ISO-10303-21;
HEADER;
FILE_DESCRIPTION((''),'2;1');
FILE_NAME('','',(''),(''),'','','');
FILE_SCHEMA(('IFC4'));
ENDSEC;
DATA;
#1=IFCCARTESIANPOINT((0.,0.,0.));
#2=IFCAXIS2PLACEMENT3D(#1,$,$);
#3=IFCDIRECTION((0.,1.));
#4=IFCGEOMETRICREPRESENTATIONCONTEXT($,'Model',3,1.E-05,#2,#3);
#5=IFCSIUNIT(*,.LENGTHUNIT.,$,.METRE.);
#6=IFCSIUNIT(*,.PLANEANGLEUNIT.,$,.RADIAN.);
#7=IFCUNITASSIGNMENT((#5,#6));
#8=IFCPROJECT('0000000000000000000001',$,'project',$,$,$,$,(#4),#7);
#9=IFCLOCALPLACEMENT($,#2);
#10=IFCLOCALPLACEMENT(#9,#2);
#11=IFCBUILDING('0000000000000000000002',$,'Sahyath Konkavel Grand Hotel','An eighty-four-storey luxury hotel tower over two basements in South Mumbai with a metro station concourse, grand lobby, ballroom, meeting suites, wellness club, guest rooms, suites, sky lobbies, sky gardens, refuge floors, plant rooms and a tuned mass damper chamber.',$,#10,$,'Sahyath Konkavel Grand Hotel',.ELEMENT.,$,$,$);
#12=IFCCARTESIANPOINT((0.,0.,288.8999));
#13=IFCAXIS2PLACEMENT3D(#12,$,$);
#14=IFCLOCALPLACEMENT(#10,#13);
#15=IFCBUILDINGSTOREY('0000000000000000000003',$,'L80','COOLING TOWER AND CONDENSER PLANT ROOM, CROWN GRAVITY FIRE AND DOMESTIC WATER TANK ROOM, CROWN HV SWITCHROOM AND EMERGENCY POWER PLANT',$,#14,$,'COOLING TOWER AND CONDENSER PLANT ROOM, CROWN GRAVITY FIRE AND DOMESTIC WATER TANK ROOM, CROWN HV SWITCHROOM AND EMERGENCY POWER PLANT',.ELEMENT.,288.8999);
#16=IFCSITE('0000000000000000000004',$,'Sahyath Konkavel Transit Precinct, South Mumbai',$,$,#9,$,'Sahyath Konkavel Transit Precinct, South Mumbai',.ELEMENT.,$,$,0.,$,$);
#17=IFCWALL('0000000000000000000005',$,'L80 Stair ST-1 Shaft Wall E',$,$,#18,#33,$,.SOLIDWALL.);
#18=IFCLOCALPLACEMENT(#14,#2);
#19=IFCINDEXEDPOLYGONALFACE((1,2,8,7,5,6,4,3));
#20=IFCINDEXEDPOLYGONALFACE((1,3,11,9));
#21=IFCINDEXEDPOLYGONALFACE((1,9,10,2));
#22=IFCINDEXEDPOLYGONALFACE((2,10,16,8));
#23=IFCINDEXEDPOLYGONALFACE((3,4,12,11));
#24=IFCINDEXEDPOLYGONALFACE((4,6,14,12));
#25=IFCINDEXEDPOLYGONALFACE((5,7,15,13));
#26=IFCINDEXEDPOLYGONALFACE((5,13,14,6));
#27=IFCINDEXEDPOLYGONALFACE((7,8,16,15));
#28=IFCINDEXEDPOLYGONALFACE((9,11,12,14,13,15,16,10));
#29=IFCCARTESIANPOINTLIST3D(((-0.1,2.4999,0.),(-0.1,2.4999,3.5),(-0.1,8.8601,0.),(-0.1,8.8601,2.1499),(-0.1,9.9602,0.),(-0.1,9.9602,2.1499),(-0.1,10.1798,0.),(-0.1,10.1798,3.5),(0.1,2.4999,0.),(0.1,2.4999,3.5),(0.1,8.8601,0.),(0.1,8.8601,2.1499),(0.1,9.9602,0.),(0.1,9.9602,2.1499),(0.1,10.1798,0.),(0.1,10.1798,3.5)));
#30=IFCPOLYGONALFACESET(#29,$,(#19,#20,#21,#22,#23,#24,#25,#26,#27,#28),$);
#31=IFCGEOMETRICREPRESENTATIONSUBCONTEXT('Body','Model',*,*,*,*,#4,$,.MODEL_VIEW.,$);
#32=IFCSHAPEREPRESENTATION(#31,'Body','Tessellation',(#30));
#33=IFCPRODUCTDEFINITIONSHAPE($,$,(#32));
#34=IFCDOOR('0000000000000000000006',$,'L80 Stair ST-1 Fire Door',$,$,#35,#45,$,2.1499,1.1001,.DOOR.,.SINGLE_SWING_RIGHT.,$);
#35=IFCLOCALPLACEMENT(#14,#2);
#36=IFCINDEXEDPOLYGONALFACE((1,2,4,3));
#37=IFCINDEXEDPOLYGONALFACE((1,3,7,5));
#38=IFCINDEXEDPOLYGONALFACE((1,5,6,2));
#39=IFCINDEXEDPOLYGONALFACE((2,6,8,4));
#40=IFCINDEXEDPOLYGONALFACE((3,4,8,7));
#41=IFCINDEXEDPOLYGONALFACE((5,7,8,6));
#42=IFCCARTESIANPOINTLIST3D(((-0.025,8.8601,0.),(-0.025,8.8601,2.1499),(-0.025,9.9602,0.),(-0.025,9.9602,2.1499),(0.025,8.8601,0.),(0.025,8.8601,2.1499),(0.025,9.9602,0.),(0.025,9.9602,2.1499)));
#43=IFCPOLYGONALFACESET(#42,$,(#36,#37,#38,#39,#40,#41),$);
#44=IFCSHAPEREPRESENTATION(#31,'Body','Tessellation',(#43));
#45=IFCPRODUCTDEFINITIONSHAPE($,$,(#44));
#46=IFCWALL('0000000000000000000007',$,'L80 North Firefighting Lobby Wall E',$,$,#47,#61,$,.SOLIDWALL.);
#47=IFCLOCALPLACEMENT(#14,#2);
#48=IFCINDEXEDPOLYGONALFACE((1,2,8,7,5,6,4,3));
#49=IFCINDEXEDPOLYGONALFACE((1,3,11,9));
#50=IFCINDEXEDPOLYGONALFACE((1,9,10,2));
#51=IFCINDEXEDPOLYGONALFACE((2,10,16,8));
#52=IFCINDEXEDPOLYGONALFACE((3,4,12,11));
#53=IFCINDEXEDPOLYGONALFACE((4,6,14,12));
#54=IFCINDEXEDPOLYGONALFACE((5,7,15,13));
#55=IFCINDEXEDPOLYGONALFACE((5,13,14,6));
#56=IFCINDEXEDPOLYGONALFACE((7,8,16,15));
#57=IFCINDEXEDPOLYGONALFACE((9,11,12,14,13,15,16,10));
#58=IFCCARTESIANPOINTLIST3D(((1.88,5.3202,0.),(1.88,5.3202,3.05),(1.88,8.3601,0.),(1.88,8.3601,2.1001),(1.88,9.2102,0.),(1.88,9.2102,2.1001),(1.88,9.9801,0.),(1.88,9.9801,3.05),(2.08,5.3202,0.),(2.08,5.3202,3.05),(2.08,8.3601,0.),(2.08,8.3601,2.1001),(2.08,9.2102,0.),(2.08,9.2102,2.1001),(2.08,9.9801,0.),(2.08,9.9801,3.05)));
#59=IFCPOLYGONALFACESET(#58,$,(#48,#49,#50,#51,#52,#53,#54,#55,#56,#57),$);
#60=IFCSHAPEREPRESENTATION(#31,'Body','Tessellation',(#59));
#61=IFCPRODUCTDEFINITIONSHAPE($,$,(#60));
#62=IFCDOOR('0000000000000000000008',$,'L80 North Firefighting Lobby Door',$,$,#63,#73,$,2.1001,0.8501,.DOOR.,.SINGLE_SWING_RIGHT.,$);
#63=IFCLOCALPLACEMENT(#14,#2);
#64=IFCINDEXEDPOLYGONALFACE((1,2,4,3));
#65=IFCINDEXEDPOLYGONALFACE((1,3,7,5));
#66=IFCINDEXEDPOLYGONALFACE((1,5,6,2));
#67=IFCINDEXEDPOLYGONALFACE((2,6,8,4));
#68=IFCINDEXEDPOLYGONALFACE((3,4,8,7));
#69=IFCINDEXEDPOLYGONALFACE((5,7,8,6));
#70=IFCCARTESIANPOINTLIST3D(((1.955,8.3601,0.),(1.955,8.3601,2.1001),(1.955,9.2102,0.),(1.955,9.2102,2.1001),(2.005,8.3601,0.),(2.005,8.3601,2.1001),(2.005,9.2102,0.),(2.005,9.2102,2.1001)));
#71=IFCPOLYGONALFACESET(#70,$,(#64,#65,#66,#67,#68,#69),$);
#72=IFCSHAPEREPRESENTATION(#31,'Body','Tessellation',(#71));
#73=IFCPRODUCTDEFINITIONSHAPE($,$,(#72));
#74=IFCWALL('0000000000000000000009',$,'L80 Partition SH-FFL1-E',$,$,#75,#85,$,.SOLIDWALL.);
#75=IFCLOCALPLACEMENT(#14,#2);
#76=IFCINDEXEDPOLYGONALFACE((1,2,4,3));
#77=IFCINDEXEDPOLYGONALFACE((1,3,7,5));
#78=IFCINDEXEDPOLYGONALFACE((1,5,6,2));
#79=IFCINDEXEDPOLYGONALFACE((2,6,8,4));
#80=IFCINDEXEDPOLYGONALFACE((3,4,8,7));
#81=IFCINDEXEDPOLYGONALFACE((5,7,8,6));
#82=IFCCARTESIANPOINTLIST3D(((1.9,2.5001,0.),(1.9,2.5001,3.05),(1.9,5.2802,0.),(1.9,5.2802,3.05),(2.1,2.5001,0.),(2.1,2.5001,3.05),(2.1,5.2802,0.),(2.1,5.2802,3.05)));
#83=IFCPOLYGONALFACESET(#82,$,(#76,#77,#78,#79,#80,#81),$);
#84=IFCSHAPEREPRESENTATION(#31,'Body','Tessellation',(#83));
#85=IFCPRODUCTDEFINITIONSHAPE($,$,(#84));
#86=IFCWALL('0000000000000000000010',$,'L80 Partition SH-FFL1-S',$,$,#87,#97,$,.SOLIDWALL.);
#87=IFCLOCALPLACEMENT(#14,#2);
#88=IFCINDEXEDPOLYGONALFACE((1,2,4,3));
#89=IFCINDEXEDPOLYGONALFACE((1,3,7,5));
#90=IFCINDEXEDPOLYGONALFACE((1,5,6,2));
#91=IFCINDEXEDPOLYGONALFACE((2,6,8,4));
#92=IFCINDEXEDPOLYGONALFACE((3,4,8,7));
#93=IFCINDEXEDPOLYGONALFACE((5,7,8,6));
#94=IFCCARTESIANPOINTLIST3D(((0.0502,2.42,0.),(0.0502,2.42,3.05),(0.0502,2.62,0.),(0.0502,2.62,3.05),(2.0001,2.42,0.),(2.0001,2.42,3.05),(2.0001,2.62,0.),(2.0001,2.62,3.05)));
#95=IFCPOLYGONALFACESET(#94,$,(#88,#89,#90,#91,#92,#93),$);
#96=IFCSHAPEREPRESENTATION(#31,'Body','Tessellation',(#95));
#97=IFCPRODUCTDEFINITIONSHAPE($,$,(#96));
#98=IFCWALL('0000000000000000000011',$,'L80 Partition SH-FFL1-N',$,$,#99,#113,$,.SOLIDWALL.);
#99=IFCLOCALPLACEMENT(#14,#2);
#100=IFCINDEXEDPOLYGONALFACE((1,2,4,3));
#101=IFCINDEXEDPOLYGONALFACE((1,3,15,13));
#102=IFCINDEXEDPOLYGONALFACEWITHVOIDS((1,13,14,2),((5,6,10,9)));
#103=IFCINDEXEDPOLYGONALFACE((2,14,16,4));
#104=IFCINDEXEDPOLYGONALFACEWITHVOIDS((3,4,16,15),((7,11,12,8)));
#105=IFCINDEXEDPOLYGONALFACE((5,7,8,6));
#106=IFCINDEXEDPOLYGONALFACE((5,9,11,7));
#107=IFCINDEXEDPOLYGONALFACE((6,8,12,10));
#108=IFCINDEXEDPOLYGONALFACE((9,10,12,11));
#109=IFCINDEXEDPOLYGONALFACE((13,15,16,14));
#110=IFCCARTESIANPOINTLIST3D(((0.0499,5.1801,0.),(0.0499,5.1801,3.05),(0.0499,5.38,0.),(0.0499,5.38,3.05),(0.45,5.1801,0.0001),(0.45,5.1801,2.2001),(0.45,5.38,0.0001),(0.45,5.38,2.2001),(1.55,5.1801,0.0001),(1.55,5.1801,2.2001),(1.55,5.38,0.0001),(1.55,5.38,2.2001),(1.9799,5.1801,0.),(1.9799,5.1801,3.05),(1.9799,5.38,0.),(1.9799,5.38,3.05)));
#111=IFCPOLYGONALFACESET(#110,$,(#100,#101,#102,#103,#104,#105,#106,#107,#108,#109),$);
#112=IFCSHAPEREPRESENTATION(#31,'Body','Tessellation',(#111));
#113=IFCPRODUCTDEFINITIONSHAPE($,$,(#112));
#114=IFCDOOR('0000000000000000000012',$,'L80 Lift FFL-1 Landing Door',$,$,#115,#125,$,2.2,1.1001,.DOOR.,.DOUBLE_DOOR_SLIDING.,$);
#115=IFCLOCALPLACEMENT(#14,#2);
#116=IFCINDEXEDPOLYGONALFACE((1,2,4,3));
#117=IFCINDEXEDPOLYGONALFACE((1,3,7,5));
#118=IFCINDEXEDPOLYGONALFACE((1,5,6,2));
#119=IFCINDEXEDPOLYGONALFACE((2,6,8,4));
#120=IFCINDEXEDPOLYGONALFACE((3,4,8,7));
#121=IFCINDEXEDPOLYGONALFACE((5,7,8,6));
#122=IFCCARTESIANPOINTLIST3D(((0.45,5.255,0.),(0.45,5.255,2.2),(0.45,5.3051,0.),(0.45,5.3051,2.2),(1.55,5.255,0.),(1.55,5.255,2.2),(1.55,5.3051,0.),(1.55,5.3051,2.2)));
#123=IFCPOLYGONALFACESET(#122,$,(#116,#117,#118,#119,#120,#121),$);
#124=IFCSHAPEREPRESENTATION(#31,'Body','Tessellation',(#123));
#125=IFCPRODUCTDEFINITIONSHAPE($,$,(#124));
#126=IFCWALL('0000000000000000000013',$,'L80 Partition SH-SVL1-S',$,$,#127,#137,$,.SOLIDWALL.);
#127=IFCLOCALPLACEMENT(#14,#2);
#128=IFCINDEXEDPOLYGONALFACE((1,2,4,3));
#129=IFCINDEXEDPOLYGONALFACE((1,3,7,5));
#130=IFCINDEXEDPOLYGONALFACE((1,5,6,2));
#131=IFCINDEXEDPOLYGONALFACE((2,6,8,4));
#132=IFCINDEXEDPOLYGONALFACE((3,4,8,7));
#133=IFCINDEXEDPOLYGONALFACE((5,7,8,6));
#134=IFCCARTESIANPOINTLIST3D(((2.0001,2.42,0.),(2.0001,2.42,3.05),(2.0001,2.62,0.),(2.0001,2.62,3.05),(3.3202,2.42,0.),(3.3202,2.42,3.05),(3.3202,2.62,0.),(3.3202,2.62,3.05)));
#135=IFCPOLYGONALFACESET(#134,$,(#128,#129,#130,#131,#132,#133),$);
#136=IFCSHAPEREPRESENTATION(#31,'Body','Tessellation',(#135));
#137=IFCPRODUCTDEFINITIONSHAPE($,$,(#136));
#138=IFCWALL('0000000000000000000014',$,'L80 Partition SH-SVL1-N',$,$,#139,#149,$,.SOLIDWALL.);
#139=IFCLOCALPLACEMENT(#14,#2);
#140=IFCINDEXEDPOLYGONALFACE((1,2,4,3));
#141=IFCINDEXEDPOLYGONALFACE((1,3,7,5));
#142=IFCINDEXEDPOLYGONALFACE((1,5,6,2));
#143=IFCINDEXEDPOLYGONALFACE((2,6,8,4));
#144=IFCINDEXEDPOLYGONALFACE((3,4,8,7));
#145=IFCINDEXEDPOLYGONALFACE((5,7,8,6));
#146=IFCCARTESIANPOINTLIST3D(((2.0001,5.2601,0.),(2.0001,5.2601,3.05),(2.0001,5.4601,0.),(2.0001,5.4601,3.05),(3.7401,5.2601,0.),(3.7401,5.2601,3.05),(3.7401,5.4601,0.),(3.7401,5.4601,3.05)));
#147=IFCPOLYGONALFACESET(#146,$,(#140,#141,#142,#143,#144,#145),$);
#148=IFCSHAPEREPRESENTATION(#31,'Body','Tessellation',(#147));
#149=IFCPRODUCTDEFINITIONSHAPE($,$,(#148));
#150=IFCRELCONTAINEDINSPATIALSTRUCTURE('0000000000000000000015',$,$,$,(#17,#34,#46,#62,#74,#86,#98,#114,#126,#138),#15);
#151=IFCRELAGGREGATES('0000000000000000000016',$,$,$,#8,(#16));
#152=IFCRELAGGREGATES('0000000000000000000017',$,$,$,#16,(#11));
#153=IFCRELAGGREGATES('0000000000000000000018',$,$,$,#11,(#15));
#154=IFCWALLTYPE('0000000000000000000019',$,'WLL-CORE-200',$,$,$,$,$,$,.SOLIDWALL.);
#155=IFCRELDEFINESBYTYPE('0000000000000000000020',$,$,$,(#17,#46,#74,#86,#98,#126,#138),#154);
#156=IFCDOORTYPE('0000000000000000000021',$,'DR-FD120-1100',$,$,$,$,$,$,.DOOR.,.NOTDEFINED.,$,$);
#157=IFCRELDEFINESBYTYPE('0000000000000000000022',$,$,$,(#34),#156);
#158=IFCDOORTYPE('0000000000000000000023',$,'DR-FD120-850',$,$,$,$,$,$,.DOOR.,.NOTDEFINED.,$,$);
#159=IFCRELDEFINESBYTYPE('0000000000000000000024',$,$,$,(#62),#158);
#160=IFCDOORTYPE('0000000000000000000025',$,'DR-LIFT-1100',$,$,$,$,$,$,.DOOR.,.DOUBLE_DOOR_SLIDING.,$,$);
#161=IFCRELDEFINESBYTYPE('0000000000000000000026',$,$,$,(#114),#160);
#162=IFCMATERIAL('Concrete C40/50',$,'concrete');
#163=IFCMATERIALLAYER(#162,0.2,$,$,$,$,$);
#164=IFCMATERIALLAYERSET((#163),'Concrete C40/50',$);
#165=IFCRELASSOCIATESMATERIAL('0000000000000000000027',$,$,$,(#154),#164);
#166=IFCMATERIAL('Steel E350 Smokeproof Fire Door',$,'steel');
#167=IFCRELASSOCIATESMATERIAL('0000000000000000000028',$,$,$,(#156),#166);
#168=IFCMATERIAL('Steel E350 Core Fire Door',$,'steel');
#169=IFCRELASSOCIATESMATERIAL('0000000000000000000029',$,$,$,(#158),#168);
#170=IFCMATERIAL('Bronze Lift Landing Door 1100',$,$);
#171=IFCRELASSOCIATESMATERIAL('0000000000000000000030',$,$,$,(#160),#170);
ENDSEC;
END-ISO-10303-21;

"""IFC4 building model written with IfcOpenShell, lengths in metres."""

from ifc_helpers import new_model, si_unit, direction, frame, frame_2d, origin, origin_2d, place, context, subcontext, project, spatial, rectangle, extrude, source, transform, mapped, material, layer, layer_set, type_object, element, fill, save


model = new_model("IFC4")

# Units and contexts
model_context = context("Model", 3, precision=1e-05, world=origin(), true_north=direction((0.0, 1.0)))
body_context = subcontext(model_context, "Body", "Model", "MODEL_VIEW")
ifc_project = project(units=[si_unit("LENGTHUNIT", "METRE"), si_unit("PLANEANGLEUNIT", "RADIAN")], contexts=[model_context])

# Site, building, storey
site_placement = place(None, origin())
site = spatial("IfcSite", under=ifc_project, at=site_placement, Name="Sahyath Konkavel Transit Precinct, South Mumbai", LongName="Sahyath Konkavel Transit Precinct, South Mumbai", CompositionType="ELEMENT", RefElevation=0.0)
building_placement = place(site_placement, origin())
building = spatial("IfcBuilding", under=site, at=building_placement, Name="Sahyath Konkavel Grand Hotel", Description="An eighty-four-storey luxury hotel tower over two basements in South Mumbai with a metro station concourse, grand lobby, ballroom, meeting suites, wellness club, guest rooms, suites, sky lobbies, sky gardens, refuge floors, plant rooms and a tuned mass damper chamber.", LongName="Sahyath Konkavel Grand Hotel", CompositionType="ELEMENT")
storey_placement = place(building_placement, frame((0.0, 0.0, 288.8999)))
storey = spatial("IfcBuildingStorey", under=building, at=storey_placement, Name="L80", Description="COOLING TOWER AND CONDENSER PLANT ROOM, CROWN GRAVITY FIRE AND DOMESTIC WATER TANK ROOM, CROWN HV SWITCHROOM AND EMERGENCY POWER PLANT", LongName="COOLING TOWER AND CONDENSER PLANT ROOM, CROWN GRAVITY FIRE AND DOMESTIC WATER TANK ROOM, CROWN HV SWITCHROOM AND EMERGENCY POWER PLANT", CompositionType="ELEMENT", Elevation=288.8999)

# Shared definitions
ifc_material_1 = material(Name="Concrete C40/50", Category="concrete")

# Walls, openings, doors
ifc_layer_1 = layer(ifc_material_1, 0.2)
ifc_layer_set_1 = layer_set([ifc_layer_1], Name="Concrete C40/50")
wall_type_1 = type_object("IfcWallType", Name="WLL-CORE-200", PredefinedType="SOLIDWALL", material=ifc_layer_set_1)
wall_1_placement = place(storey_placement, frame((0.0, 2.5, 0.0), z_axis=(0.0, 0.0, 1.0), x_axis=(0.0, 1.0, 0.0)))
wall_1 = element("IfcWall", 1, at=wall_1_placement, inside=storey, type_object=wall_type_1, Name="L80 Stair ST-1 Shaft Wall E", PredefinedType="SOLIDWALL", context=body_context, shape_type="SweptSolid", body=[
    extrude(rectangle(XDim=7.6799, YDim=0.2, at=frame_2d((3.8398, 0.0))), origin(), (0.0, 0.0, 1.0), 3.5),
])
opening_1_placement = place(wall_1_placement, frame((6.3601, 0.0, 0.0)))
opening_1 = element("IfcOpeningElement", 2, at=opening_1_placement, cuts=wall_1, PredefinedType="OPENING", context=body_context, shape_type="SweptSolid", body=[
    extrude(rectangle(XDim=1.1001, YDim=2.1499, at=frame_2d((0.55, 1.075))), frame((0.0, 0.1099, 0.0), z_axis=(0.0, -1.0, 0.0), x_axis=(1.0, 0.0, 0.0)), (0.0, 0.0, 1.0), 0.22),
])
ifc_material_2 = material(Name="Steel E350 Smokeproof Fire Door", Category="steel")
door_type_1 = type_object("IfcDoorType", Name="DR-FD120-1100", OperationType="NOTDEFINED", PredefinedType="DOOR", material=ifc_material_2)
shared_shape_1 = source(origin(), body_context, "Body", "SweptSolid", [
    extrude(rectangle(XDim=1.1001, YDim=0.05, at=origin_2d()), origin(), (0.0, 0.0, 1.0), 2.1499),
])
door_1_placement = place(opening_1_placement, frame((0.55, 0.0, 0.0)))
door_1 = element("IfcDoor", 3, at=door_1_placement, inside=storey, type_object=door_type_1, Name="L80 Stair ST-1 Fire Door", OperationType="SINGLE_SWING_RIGHT", OverallHeight=2.1499, OverallWidth=1.1001, PredefinedType="DOOR", context=body_context, shape_type="MappedRepresentation", body=[
    mapped(shared_shape_1, transform((0.0, 0.0, 0.0), scale=1.0)),
])
fill(opening_1, door_1)
wall_2_placement = place(storey_placement, frame((1.98, 5.3201, 0.0), z_axis=(0.0, 0.0, 1.0), x_axis=(0.0, 1.0, 0.0)))
wall_2 = element("IfcWall", 4, at=wall_2_placement, inside=storey, type_object=wall_type_1, Name="L80 North Firefighting Lobby Wall E", PredefinedType="SOLIDWALL", context=body_context, shape_type="SweptSolid", body=[
    extrude(rectangle(XDim=4.6599, YDim=0.2, at=frame_2d((2.3301, 0.0))), origin(), (0.0, 0.0, 1.0), 3.05),
])
opening_2_placement = place(wall_2_placement, frame((3.04, 0.0, 0.0)))
opening_2 = element("IfcOpeningElement", 5, at=opening_2_placement, cuts=wall_2, PredefinedType="OPENING", context=body_context, shape_type="SweptSolid", body=[
    extrude(rectangle(XDim=0.8501, YDim=2.1001, at=frame_2d((0.425, 1.05))), frame((0.0, 0.1099, 0.0), z_axis=(0.0, -1.0, 0.0), x_axis=(1.0, 0.0, 0.0)), (0.0, 0.0, 1.0), 0.22),
])
ifc_material_3 = material(Name="Steel E350 Core Fire Door", Category="steel")
door_type_2 = type_object("IfcDoorType", Name="DR-FD120-850", OperationType="NOTDEFINED", PredefinedType="DOOR", material=ifc_material_3)
shared_shape_2 = source(origin(), body_context, "Body", "SweptSolid", [
    extrude(rectangle(XDim=0.8501, YDim=0.05, at=origin_2d()), origin(), (0.0, 0.0, 1.0), 2.1001),
])
door_2_placement = place(opening_2_placement, frame((0.425, 0.0, 0.0)))
door_2 = element("IfcDoor", 6, at=door_2_placement, inside=storey, type_object=door_type_2, Name="L80 North Firefighting Lobby Door", OperationType="SINGLE_SWING_RIGHT", OverallHeight=2.1001, OverallWidth=0.8501, PredefinedType="DOOR", context=body_context, shape_type="MappedRepresentation", body=[
    mapped(shared_shape_2, transform((0.0, 0.0, 0.0), scale=1.0)),
])
fill(opening_2, door_2)

# Walls
wall_3_placement = place(storey_placement, frame((2.0, 2.5, 0.0), z_axis=(0.0, 0.0, 1.0), x_axis=(0.0, 1.0, 0.0)))
element("IfcWall", 7, at=wall_3_placement, inside=storey, type_object=wall_type_1, Name="L80 Partition SH-FFL1-E", PredefinedType="SOLIDWALL", context=body_context, shape_type="SweptSolid", body=[
    extrude(rectangle(XDim=2.78, YDim=0.2, at=frame_2d((1.3901, 0.0))), origin(), (0.0, 0.0, 1.0), 3.05),
])
wall_4_placement = place(storey_placement, frame((0.05, 2.52, 0.0), z_axis=(0.0, 0.0, 1.0), x_axis=(1.0, 0.0, 0.0)))
element("IfcWall", 8, at=wall_4_placement, inside=storey, type_object=wall_type_1, Name="L80 Partition SH-FFL1-S", PredefinedType="SOLIDWALL", context=body_context, shape_type="SweptSolid", body=[
    extrude(rectangle(XDim=1.95, YDim=0.2, at=frame_2d((0.9751, 0.0))), origin(), (0.0, 0.0, 1.0), 3.05),
])

# Wall, opening, door
wall_5_placement = place(storey_placement, frame((0.05, 5.28, 0.0), z_axis=(0.0, 0.0, 1.0), x_axis=(1.0, 0.0, 0.0)))
wall_5 = element("IfcWall", 9, at=wall_5_placement, inside=storey, type_object=wall_type_1, Name="L80 Partition SH-FFL1-N", PredefinedType="SOLIDWALL", context=body_context, shape_type="SweptSolid", body=[
    extrude(rectangle(XDim=1.9299, YDim=0.2, at=frame_2d((0.9648, 0.0))), origin(), (0.0, 0.0, 1.0), 3.05),
])
opening_3_placement = place(wall_5_placement, frame((0.3999, 0.0, 0.0)))
opening_3 = element("IfcOpeningElement", 10, at=opening_3_placement, cuts=wall_5, PredefinedType="OPENING", context=body_context, shape_type="SweptSolid", body=[
    extrude(rectangle(XDim=1.1001, YDim=2.2, at=frame_2d((0.55, 1.1001))), frame((0.0, 0.1099, 0.0), z_axis=(0.0, -1.0, 0.0), x_axis=(1.0, 0.0, 0.0)), (0.0, 0.0, 1.0), 0.22),
])
ifc_material_4 = material(Name="Bronze Lift Landing Door 1100")
door_type_3 = type_object("IfcDoorType", Name="DR-LIFT-1100", OperationType="DOUBLE_DOOR_SLIDING", PredefinedType="DOOR", material=ifc_material_4)
shared_shape_3 = source(origin(), body_context, "Body", "SweptSolid", [
    extrude(rectangle(XDim=1.1001, YDim=0.05, at=origin_2d()), origin(), (0.0, 0.0, 1.0), 2.2),
])
door_3_placement = place(opening_3_placement, frame((0.55, 0.0, 0.0)))
door_3 = element("IfcDoor", 11, at=door_3_placement, inside=storey, type_object=door_type_3, Name="L80 Lift FFL-1 Landing Door", OperationType="DOUBLE_DOOR_SLIDING", OverallHeight=2.2, OverallWidth=1.1001, PredefinedType="DOOR", context=body_context, shape_type="MappedRepresentation", body=[
    mapped(shared_shape_3, transform((0.0, 0.0, 0.0), scale=1.0)),
])
fill(opening_3, door_3)

# Walls
wall_6_placement = place(storey_placement, frame((2.0, 2.52, 0.0), z_axis=(0.0, 0.0, 1.0), x_axis=(1.0, 0.0, 0.0)))
element("IfcWall", 12, at=wall_6_placement, inside=storey, type_object=wall_type_1, Name="L80 Partition SH-SVL1-S", PredefinedType="SOLIDWALL", context=body_context, shape_type="SweptSolid", body=[
    extrude(rectangle(XDim=1.3201, YDim=0.2, at=frame_2d((0.6602, 0.0))), origin(), (0.0, 0.0, 1.0), 3.05),
])
wall_7_placement = place(storey_placement, frame((2.0, 5.3601, 0.0), z_axis=(0.0, 0.0, 1.0), x_axis=(1.0, 0.0, 0.0)))
element("IfcWall", 13, at=wall_7_placement, inside=storey, type_object=wall_type_1, Name="L80 Partition SH-SVL1-N", PredefinedType="SOLIDWALL", context=body_context, shape_type="SweptSolid", body=[
    extrude(rectangle(XDim=1.74, YDim=0.2, at=frame_2d((0.8701, 0.0))), origin(), (0.0, 0.0, 1.0), 3.05),
])

save(model, "model.ifc")
